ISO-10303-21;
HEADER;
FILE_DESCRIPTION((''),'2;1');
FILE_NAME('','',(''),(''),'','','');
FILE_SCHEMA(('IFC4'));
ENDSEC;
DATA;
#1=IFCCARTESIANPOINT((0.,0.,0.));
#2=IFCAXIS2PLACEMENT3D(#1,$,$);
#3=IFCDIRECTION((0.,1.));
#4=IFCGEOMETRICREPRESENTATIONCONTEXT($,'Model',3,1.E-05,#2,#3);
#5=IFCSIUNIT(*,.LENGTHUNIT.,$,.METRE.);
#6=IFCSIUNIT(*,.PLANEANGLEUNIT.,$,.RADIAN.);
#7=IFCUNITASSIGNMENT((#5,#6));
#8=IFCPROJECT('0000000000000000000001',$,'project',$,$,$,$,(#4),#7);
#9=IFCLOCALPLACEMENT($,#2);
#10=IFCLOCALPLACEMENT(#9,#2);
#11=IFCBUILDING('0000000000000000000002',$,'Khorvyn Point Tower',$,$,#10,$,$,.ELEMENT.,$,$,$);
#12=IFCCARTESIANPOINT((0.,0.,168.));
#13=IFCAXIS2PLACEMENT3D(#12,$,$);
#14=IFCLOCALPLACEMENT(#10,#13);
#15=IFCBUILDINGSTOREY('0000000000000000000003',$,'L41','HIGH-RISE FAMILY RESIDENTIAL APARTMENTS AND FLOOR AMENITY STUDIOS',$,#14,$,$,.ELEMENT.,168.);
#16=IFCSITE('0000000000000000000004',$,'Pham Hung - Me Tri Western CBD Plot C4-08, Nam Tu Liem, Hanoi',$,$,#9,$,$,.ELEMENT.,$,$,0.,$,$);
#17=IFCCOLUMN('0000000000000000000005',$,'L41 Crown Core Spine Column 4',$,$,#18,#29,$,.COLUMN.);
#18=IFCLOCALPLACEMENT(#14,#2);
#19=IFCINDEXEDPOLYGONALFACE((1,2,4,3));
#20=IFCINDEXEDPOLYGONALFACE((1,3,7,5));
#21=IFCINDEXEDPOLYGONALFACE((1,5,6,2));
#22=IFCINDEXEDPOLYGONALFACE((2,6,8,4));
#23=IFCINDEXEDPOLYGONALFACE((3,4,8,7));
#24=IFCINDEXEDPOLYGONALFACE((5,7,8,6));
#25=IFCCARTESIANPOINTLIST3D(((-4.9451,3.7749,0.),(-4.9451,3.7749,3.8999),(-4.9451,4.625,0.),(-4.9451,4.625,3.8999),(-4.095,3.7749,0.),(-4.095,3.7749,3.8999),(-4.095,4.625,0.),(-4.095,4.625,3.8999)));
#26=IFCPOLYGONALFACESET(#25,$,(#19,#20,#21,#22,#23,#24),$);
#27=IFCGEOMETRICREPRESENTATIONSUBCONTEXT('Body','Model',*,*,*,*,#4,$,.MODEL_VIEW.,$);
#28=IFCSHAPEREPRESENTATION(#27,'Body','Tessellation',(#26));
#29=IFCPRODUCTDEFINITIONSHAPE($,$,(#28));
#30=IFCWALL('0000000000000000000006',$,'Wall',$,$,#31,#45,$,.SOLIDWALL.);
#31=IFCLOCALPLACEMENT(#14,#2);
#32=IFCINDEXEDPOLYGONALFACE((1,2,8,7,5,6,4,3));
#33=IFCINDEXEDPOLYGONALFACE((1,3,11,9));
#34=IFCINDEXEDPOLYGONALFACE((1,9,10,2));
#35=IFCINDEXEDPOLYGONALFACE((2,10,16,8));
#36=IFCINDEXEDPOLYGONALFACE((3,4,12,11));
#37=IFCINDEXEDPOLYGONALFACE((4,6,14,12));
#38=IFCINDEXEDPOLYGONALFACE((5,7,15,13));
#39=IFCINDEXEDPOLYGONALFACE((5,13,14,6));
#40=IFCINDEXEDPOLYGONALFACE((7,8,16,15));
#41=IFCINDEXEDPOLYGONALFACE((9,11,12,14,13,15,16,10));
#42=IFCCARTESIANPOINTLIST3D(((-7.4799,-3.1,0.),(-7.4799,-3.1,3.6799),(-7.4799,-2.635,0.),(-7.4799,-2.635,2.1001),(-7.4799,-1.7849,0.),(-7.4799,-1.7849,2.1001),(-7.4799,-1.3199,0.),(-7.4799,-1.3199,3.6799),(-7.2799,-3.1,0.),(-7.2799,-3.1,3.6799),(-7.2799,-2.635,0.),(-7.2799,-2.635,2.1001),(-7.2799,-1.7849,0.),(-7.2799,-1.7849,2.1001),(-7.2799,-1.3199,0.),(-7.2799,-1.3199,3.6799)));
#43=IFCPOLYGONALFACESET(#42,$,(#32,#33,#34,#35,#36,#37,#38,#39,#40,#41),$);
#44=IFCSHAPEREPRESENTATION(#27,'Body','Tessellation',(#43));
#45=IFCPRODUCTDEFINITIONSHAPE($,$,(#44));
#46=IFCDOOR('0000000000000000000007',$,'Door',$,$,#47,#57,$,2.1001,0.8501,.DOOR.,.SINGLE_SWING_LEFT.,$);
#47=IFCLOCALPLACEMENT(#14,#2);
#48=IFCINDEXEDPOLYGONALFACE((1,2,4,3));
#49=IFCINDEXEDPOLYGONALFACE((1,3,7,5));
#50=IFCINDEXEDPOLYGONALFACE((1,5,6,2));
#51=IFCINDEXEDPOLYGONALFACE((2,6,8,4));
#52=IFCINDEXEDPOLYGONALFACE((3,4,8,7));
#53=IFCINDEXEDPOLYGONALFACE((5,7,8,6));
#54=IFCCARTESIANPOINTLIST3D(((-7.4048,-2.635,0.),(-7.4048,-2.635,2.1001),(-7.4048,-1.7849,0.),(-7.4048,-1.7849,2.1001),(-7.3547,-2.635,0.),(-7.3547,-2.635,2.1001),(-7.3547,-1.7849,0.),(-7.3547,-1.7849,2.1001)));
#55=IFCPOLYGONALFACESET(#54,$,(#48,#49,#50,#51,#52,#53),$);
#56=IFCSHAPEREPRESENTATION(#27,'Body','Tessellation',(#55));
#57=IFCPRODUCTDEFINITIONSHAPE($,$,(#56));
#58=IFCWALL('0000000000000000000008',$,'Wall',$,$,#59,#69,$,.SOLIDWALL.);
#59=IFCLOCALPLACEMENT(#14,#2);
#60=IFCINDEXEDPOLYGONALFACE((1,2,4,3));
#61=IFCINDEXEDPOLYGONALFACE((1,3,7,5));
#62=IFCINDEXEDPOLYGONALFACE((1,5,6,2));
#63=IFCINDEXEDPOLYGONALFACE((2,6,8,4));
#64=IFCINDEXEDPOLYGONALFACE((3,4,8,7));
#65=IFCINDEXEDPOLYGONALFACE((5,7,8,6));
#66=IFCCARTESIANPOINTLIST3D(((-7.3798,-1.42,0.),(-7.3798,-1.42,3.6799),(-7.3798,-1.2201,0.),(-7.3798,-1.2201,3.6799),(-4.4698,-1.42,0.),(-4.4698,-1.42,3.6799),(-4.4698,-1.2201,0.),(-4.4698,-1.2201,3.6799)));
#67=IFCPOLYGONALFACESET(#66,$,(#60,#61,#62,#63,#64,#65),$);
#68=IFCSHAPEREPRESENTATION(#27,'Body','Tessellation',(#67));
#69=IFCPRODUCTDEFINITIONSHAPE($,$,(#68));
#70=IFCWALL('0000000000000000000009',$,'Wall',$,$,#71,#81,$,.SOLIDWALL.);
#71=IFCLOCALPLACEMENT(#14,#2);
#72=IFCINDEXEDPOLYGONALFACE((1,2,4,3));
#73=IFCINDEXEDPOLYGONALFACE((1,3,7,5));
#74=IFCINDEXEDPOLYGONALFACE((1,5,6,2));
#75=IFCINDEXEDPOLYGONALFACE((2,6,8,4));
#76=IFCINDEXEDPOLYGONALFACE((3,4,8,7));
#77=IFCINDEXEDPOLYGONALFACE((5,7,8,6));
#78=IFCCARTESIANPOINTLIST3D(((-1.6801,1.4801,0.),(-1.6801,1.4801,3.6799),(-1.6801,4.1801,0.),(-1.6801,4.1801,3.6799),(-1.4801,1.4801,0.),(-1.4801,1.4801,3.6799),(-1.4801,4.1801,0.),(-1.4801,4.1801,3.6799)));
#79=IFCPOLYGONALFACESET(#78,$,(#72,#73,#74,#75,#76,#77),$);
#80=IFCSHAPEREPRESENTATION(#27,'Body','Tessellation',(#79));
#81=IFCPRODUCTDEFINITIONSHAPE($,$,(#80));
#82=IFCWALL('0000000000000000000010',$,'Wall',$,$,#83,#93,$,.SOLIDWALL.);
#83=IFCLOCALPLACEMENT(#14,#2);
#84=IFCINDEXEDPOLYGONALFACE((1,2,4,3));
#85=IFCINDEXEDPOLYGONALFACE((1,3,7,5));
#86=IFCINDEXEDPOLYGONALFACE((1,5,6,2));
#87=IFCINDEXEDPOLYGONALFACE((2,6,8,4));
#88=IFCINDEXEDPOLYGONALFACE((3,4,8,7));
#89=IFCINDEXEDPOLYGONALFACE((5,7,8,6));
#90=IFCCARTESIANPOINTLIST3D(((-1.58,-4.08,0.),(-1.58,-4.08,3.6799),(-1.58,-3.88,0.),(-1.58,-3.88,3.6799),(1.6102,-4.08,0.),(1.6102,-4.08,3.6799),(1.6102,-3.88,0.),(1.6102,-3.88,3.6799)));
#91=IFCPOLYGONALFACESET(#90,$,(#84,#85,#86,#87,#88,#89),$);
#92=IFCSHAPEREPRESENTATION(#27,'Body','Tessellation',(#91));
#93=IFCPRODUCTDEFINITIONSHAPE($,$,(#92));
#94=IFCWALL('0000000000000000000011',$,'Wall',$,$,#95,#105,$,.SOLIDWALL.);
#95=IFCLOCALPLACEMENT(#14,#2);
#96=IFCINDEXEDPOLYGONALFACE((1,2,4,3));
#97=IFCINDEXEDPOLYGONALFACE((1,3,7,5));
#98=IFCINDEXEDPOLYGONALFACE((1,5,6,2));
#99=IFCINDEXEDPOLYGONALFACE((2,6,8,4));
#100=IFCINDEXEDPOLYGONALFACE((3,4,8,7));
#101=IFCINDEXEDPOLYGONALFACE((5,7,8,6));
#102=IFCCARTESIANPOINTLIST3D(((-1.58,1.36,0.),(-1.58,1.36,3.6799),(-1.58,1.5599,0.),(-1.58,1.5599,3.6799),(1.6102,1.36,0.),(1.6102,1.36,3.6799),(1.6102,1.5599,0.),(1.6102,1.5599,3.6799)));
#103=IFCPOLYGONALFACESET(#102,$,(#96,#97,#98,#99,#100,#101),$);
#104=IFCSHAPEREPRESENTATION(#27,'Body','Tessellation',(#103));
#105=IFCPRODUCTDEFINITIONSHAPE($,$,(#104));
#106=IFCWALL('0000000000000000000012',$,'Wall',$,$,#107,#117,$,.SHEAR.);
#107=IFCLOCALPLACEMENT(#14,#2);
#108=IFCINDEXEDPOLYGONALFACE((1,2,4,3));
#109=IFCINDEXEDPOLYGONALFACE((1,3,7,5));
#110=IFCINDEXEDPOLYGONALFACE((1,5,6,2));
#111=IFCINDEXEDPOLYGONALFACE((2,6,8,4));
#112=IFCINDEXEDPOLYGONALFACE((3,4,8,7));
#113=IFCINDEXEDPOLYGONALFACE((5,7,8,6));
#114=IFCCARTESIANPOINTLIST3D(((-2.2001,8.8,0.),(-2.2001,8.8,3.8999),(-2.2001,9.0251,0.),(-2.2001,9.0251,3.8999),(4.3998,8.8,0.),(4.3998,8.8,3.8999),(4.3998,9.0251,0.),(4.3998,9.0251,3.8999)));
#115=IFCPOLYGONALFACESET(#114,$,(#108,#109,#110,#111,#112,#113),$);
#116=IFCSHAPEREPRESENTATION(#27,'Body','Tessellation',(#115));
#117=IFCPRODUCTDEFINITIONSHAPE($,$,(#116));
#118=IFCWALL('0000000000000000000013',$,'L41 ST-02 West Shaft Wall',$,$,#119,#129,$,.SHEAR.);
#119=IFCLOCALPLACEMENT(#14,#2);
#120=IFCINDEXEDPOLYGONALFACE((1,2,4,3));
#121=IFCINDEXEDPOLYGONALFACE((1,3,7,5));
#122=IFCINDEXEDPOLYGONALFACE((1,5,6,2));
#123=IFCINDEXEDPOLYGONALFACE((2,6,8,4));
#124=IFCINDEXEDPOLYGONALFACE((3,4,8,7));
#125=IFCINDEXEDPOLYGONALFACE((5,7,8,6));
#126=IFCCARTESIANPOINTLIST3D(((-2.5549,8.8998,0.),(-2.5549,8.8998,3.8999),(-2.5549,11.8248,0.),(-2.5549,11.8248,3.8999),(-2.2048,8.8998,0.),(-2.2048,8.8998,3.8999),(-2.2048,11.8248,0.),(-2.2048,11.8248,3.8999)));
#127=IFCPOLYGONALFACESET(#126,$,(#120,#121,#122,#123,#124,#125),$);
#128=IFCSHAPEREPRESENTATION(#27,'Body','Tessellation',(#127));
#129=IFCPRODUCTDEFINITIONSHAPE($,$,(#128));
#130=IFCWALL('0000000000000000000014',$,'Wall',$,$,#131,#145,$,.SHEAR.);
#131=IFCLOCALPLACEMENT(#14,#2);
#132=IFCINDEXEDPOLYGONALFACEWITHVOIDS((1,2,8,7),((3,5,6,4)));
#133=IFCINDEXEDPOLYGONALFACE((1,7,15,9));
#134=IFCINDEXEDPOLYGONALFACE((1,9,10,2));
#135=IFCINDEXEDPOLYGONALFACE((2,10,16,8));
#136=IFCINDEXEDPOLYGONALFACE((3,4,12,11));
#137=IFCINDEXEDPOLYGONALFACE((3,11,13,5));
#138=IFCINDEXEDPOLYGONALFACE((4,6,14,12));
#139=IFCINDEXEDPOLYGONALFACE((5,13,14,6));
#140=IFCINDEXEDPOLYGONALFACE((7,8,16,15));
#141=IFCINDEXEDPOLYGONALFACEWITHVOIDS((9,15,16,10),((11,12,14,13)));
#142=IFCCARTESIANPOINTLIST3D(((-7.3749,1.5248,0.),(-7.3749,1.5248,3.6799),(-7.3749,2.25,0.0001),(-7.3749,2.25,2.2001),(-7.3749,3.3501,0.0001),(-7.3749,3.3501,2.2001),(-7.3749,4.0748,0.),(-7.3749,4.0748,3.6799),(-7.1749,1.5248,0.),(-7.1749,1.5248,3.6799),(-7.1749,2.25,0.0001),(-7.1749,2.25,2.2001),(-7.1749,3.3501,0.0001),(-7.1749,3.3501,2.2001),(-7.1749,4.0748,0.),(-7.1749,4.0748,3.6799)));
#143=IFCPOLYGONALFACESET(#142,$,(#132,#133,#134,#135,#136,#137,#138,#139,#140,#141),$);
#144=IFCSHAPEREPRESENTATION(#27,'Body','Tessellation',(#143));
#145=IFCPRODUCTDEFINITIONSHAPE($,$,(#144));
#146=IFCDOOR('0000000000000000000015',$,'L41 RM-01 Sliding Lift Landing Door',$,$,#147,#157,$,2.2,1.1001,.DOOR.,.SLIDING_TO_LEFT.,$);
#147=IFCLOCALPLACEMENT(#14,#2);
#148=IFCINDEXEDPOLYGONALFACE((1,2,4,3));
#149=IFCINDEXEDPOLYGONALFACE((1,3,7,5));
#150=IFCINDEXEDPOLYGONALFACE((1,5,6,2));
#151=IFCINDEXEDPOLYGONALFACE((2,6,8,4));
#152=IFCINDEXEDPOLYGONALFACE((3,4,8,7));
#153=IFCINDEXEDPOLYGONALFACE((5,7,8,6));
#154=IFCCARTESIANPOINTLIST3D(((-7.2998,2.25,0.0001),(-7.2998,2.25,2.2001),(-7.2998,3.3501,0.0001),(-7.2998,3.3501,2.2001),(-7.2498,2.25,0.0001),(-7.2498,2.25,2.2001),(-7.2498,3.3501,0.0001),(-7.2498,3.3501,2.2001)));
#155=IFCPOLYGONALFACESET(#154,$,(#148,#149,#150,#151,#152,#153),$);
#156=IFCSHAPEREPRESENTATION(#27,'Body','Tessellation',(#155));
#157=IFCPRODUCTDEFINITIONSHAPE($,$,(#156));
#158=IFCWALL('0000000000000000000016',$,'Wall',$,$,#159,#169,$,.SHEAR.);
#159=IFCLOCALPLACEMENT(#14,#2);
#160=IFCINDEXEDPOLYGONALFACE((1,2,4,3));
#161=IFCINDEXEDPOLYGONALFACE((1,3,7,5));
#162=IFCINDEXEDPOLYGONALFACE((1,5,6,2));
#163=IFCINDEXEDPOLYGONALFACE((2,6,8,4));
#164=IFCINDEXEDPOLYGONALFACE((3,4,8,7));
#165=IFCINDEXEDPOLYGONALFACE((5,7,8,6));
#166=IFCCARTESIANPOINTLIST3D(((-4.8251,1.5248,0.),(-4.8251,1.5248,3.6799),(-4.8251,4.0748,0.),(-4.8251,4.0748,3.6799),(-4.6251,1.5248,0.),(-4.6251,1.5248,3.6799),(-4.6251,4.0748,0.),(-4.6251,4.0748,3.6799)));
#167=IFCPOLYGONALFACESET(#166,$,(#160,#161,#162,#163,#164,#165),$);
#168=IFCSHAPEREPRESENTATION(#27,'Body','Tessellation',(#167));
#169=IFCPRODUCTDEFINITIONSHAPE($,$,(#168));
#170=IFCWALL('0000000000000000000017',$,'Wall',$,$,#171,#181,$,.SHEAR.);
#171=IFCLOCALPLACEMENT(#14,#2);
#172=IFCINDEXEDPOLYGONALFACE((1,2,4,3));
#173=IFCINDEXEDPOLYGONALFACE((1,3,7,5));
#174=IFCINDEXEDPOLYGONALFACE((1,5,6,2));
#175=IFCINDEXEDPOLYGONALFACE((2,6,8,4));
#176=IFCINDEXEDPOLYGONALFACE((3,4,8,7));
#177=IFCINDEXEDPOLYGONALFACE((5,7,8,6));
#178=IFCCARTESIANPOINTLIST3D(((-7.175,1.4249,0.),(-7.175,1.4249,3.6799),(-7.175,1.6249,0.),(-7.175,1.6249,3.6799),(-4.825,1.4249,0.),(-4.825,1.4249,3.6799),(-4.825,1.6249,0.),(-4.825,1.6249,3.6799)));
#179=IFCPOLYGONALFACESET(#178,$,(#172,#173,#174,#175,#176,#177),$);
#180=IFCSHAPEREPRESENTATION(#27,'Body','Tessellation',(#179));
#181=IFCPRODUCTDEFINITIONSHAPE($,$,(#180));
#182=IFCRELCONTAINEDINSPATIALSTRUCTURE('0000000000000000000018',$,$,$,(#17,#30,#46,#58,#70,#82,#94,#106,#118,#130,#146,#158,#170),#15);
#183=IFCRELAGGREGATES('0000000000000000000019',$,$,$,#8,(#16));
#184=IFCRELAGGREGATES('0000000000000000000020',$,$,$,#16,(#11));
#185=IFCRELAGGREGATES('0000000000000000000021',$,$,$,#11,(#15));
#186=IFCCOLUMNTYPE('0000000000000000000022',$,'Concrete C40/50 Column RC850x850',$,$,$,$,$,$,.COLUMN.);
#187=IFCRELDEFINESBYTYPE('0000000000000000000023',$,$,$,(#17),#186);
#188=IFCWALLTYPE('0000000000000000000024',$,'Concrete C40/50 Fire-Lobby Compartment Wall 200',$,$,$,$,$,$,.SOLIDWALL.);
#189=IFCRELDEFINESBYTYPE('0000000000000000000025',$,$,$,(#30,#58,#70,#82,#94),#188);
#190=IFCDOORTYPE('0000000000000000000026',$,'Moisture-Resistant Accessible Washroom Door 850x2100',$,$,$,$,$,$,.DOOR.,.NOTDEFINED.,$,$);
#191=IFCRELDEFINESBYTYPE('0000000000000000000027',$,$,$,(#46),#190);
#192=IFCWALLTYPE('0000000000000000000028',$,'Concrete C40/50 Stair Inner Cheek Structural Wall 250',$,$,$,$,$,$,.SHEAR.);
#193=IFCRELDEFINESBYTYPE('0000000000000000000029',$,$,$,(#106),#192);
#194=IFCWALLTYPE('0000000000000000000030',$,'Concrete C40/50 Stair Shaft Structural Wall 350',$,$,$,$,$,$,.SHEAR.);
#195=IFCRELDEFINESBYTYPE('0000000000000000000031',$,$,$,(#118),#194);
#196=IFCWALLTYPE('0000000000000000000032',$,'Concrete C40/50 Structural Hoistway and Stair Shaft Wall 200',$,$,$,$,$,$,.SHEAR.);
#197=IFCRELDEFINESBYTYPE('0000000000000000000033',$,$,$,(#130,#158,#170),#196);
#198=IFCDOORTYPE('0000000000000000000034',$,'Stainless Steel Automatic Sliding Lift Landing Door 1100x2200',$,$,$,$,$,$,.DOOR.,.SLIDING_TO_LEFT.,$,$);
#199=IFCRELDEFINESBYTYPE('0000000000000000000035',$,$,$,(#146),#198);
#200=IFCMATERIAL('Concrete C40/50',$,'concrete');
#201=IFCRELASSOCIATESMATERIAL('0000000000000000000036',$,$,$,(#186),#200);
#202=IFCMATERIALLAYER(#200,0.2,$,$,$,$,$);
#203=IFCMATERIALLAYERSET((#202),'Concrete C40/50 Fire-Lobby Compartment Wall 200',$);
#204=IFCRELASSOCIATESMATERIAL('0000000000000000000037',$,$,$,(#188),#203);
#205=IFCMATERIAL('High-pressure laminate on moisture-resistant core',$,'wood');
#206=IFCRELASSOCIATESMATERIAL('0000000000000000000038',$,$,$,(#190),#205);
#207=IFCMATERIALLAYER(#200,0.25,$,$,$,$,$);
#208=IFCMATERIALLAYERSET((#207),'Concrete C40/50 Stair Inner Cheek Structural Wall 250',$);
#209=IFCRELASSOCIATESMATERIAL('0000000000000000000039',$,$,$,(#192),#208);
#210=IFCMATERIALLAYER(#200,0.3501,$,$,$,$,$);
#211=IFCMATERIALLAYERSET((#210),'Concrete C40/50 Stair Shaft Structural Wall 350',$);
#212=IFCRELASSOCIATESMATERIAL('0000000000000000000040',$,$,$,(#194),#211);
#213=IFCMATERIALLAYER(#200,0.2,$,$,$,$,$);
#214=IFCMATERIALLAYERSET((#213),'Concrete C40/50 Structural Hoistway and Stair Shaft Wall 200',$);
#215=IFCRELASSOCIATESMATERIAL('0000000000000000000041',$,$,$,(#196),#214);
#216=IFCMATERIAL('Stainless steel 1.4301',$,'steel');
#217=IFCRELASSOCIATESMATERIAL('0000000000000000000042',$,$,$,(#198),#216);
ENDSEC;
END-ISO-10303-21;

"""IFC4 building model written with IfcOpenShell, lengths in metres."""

from ifc_helpers import new_model, si_unit, direction, frame, frame_2d, origin, origin_2d, place, context, subcontext, project, spatial, rectangle, extrude, material, layer, layer_set, material_profile, profile_set, type_object, element, fill, save


model = new_model("IFC4")

# Units and contexts
model_context = context("Model", 3, precision=1e-05, world=origin(), true_north=direction((0.0, 1.0)))
body_context = subcontext(model_context, "Body", "Model", "MODEL_VIEW")
ifc_project = project(units=[si_unit("LENGTHUNIT", "METRE"), si_unit("PLANEANGLEUNIT", "RADIAN")], contexts=[model_context])

# Site, building, storey
site_placement = place(None, origin())
site = spatial("IfcSite", under=ifc_project, at=site_placement, Name="Pham Hung - Me Tri Western CBD Plot C4-08, Nam Tu Liem, Hanoi", CompositionType="ELEMENT", RefElevation=0.0)
building_placement = place(site_placement, origin())
building = spatial("IfcBuilding", under=site, at=building_placement, Name="Khorvyn Point Tower", CompositionType="ELEMENT")
storey_placement = place(building_placement, frame((0.0, 0.0, 168.0)))
storey = spatial("IfcBuildingStorey", under=building, at=storey_placement, Name="L41", Description="HIGH-RISE FAMILY RESIDENTIAL APARTMENTS AND FLOOR AMENITY STUDIOS", CompositionType="ELEMENT", Elevation=168.0)

# Column
ifc_material_1 = material(Name="Concrete C40/50", Category="concrete")
ifc_material_profile = material_profile(ifc_material_1, rectangle(XDim=0.8501, YDim=0.8501, at=origin_2d()))
ifc_profile_set = profile_set([ifc_material_profile], Name="Concrete C40/50 RC850x850")
column_type = type_object("IfcColumnType", Name="Concrete C40/50 Column RC850x850", PredefinedType="COLUMN", material=ifc_profile_set)
column_placement = place(storey_placement, frame((-4.52, 4.2, 0.0), z_axis=(0.0, 0.0, 1.0), x_axis=(1.0, 0.0, 0.0)))
element("IfcColumn", 1, at=column_placement, inside=storey, type_object=column_type, Name="L41 Crown Core Spine Column 4", PredefinedType="COLUMN", context=body_context, shape_type="SweptSolid", body=[
    extrude(rectangle(XDim=0.8501, YDim=0.8501, at=origin_2d()), origin(), (0.0, 0.0, 1.0), 3.8999),
])

# Wall, opening, door
ifc_layer_1 = layer(ifc_material_1, 0.2)
ifc_layer_set_1 = layer_set([ifc_layer_1], Name="Concrete C40/50 Fire-Lobby Compartment Wall 200")
wall_type_1 = type_object("IfcWallType", Name="Concrete C40/50 Fire-Lobby Compartment Wall 200", PredefinedType="SOLIDWALL", material=ifc_layer_set_1)
wall_1_placement = place(storey_placement, frame((-7.3799, -3.1001, 0.0), z_axis=(0.0, 0.0, 1.0), x_axis=(0.0, 1.0, 0.0)))
wall_1 = element("IfcWall", 2, at=wall_1_placement, inside=storey, type_object=wall_type_1, Name="Wall", PredefinedType="SOLIDWALL", context=body_context, shape_type="SweptSolid", body=[
    extrude(rectangle(XDim=1.78, YDim=0.2, at=frame_2d((0.8901, 0.0))), origin(), (0.0, 0.0, 1.0), 3.6799),
])
opening_1_placement = place(wall_1_placement, frame((0.4651, 0.0, 0.0)))
opening_1 = element("IfcOpeningElement", 3, at=opening_1_placement, cuts=wall_1, PredefinedType="OPENING", context=body_context, shape_type="SweptSolid", body=[
    extrude(rectangle(XDim=0.8501, YDim=2.1001, at=frame_2d((0.425, 1.05))), frame((0.0, 0.1099, 0.0), z_axis=(0.0, -1.0, 0.0), x_axis=(1.0, 0.0, 0.0)), (0.0, 0.0, 1.0), 0.22),
])
ifc_material_2 = material(Name="High-pressure laminate on moisture-resistant core", Category="wood")
door_type_1 = type_object("IfcDoorType", Name="Moisture-Resistant Accessible Washroom Door 850x2100", OperationType="NOTDEFINED", PredefinedType="DOOR", material=ifc_material_2)
door_1_placement = place(opening_1_placement, origin())
door_1 = element("IfcDoor", 4, at=door_1_placement, inside=storey, type_object=door_type_1, Name="Door", OperationType="SINGLE_SWING_LEFT", OverallHeight=2.1001, OverallWidth=0.8501, PredefinedType="DOOR", context=body_context, shape_type="SweptSolid", body=[
    extrude(rectangle(XDim=0.8501, YDim=2.1001, at=frame_2d((0.425, 1.05))), frame((0.0, 0.0249, 0.0), z_axis=(0.0, -1.0, 0.0), x_axis=(1.0, 0.0, 0.0)), (0.0, 0.0, 1.0), 0.05),
])
fill(opening_1, door_1)

# Walls
wall_2_placement = place(storey_placement, frame((-7.3799, -1.3201, 0.0), z_axis=(0.0, 0.0, 1.0), x_axis=(1.0, 0.0, 0.0)))
element("IfcWall", 5, at=wall_2_placement, inside=storey, type_object=wall_type_1, Name="Wall", PredefinedType="SOLIDWALL", context=body_context, shape_type="SweptSolid", body=[
    extrude(rectangle(XDim=2.9099, YDim=0.2, at=frame_2d((1.4551, 0.0))), origin(), (0.0, 0.0, 1.0), 3.6799),
])
wall_3_placement = place(storey_placement, frame((-1.5801, 1.48, 0.0), z_axis=(0.0, 0.0, 1.0), x_axis=(0.0, 1.0, 0.0)))
element("IfcWall", 6, at=wall_3_placement, inside=storey, type_object=wall_type_1, Name="Wall", PredefinedType="SOLIDWALL", context=body_context, shape_type="SweptSolid", body=[
    extrude(rectangle(XDim=2.7, YDim=0.2, at=frame_2d((1.3501, 0.0))), origin(), (0.0, 0.0, 1.0), 3.6799),
])
for number, where, z_axis, x_axis, name in (
    (7, (-1.5801, -3.98, 0.0), (0.0, 0.0, 1.0), (1.0, 0.0, 0.0), "Wall"),
    (8, (-1.5801, 1.46, 0.0), (0.0, 0.0, 1.0), (1.0, 0.0, 0.0), "Wall"),
):
    element("IfcWall", number, at=place(storey_placement, frame(where, z_axis=z_axis, x_axis=x_axis)), inside=storey, type_object=wall_type_1, Name=name, PredefinedType="SOLIDWALL", context=body_context, shape_type="SweptSolid", body=[
        extrude(rectangle(XDim=3.1902, YDim=0.2, at=frame_2d((1.5952, 0.0))), origin(), (0.0, 0.0, 1.0), 3.6799),
    ])
ifc_layer_2 = layer(ifc_material_1, 0.25)
ifc_layer_set_2 = layer_set([ifc_layer_2], Name="Concrete C40/50 Stair Inner Cheek Structural Wall 250")
wall_type_2 = type_object("IfcWallType", Name="Concrete C40/50 Stair Inner Cheek Structural Wall 250", PredefinedType="SHEAR", material=ifc_layer_set_2)
wall_4_placement = place(storey_placement, frame((-2.2, 8.9126, 0.0), z_axis=(0.0, 0.0, 1.0), x_axis=(1.0, 0.0, 0.0)))
element("IfcWall", 9, at=wall_4_placement, inside=storey, type_object=wall_type_2, Name="Wall", PredefinedType="SHEAR", context=body_context, shape_type="SweptSolid", body=[
    extrude(rectangle(XDim=6.5999, YDim=0.2251, at=frame_2d((3.2998, 0.0))), origin(), (0.0, 0.0, 1.0), 3.8999),
])
ifc_layer_3 = layer(ifc_material_1, 0.3501)
ifc_layer_set_3 = layer_set([ifc_layer_3], Name="Concrete C40/50 Stair Shaft Structural Wall 350")
wall_type_3 = type_object("IfcWallType", Name="Concrete C40/50 Stair Shaft Structural Wall 350", PredefinedType="SHEAR", material=ifc_layer_set_3)
wall_5_placement = place(storey_placement, frame((-2.3799, 8.8999, 0.0), z_axis=(0.0, 0.0, 1.0), x_axis=(0.0, 1.0, 0.0)))
element("IfcWall", 10, at=wall_5_placement, inside=storey, type_object=wall_type_3, Name="L41 ST-02 West Shaft Wall", PredefinedType="SHEAR", context=body_context, shape_type="SweptSolid", body=[
    extrude(rectangle(XDim=2.925, YDim=0.3501, at=frame_2d((1.4624, 0.0))), origin(), (0.0, 0.0, 1.0), 3.8999),
])

# Wall, opening, door
ifc_layer_4 = layer(ifc_material_1, 0.2)
ifc_layer_set_4 = layer_set([ifc_layer_4], Name="Concrete C40/50 Structural Hoistway and Stair Shaft Wall 200")
wall_type_4 = type_object("IfcWallType", Name="Concrete C40/50 Structural Hoistway and Stair Shaft Wall 200", PredefinedType="SHEAR", material=ifc_layer_set_4)
wall_6_placement = place(storey_placement, frame((-7.2749, 1.5249, 0.0), z_axis=(0.0, 0.0, 1.0), x_axis=(0.0, 1.0, 0.0)))
wall_6 = element("IfcWall", 11, at=wall_6_placement, inside=storey, type_object=wall_type_4, Name="Wall", PredefinedType="SHEAR", context=body_context, shape_type="SweptSolid", body=[
    extrude(rectangle(XDim=2.55, YDim=0.2, at=frame_2d((1.2749, 0.0))), origin(), (0.0, 0.0, 1.0), 3.6799),
])
opening_2_placement = place(wall_6_placement, frame((0.7251, 0.0, 0.0)))
opening_2 = element("IfcOpeningElement", 12, at=opening_2_placement, cuts=wall_6, PredefinedType="OPENING", context=body_context, shape_type="SweptSolid", body=[
    extrude(rectangle(XDim=1.1001, YDim=2.2, at=frame_2d((0.55, 1.1001))), frame((0.0, 0.1099, 0.0), z_axis=(0.0, -1.0, 0.0), x_axis=(1.0, 0.0, 0.0)), (0.0, 0.0, 1.0), 0.22),
])
ifc_material_3 = material(Name="Stainless steel 1.4301", Category="steel")
door_type_2 = type_object("IfcDoorType", Name="Stainless Steel Automatic Sliding Lift Landing Door 1100x2200", OperationType="SLIDING_TO_LEFT", PredefinedType="DOOR", material=ifc_material_3)
door_2_placement = place(opening_2_placement, origin())
door_2 = element("IfcDoor", 13, at=door_2_placement, inside=storey, type_object=door_type_2, Name="L41 RM-01 Sliding Lift Landing Door", OperationType="SLIDING_TO_LEFT", OverallHeight=2.2, OverallWidth=1.1001, PredefinedType="DOOR", context=body_context, shape_type="SweptSolid", body=[
    extrude(rectangle(XDim=1.1001, YDim=2.2, at=frame_2d((0.55, 1.1001))), frame((0.0, 0.0249, 0.0), z_axis=(0.0, -1.0, 0.0), x_axis=(1.0, 0.0, 0.0)), (0.0, 0.0, 1.0), 0.05),
])
fill(opening_2, door_2)

# Walls
wall_7_placement = place(storey_placement, frame((-4.7251, 1.5249, 0.0), z_axis=(0.0, 0.0, 1.0), x_axis=(0.0, 1.0, 0.0)))
element("IfcWall", 14, at=wall_7_placement, inside=storey, type_object=wall_type_4, Name="Wall", PredefinedType="SHEAR", context=body_context, shape_type="SweptSolid", body=[
    extrude(rectangle(XDim=2.55, YDim=0.2, at=frame_2d((1.2749, 0.0))), origin(), (0.0, 0.0, 1.0), 3.6799),
])
for number, where, z_axis, x_axis, name in (
    (15, (-7.175, 1.5249, 0.0), (0.0, 0.0, 1.0), (1.0, 0.0, 0.0), "Wall"),
):
    element("IfcWall", number, at=place(storey_placement, frame(where, z_axis=z_axis, x_axis=x_axis)), inside=storey, type_object=wall_type_4, Name=name, PredefinedType="SHEAR", context=body_context, shape_type="SweptSolid", body=[
        extrude(rectangle(XDim=2.3501, YDim=0.2, at=frame_2d((1.175, 0.0))), origin(), (0.0, 0.0, 1.0), 3.6799),
    ])

save(model, "model.ifc")
